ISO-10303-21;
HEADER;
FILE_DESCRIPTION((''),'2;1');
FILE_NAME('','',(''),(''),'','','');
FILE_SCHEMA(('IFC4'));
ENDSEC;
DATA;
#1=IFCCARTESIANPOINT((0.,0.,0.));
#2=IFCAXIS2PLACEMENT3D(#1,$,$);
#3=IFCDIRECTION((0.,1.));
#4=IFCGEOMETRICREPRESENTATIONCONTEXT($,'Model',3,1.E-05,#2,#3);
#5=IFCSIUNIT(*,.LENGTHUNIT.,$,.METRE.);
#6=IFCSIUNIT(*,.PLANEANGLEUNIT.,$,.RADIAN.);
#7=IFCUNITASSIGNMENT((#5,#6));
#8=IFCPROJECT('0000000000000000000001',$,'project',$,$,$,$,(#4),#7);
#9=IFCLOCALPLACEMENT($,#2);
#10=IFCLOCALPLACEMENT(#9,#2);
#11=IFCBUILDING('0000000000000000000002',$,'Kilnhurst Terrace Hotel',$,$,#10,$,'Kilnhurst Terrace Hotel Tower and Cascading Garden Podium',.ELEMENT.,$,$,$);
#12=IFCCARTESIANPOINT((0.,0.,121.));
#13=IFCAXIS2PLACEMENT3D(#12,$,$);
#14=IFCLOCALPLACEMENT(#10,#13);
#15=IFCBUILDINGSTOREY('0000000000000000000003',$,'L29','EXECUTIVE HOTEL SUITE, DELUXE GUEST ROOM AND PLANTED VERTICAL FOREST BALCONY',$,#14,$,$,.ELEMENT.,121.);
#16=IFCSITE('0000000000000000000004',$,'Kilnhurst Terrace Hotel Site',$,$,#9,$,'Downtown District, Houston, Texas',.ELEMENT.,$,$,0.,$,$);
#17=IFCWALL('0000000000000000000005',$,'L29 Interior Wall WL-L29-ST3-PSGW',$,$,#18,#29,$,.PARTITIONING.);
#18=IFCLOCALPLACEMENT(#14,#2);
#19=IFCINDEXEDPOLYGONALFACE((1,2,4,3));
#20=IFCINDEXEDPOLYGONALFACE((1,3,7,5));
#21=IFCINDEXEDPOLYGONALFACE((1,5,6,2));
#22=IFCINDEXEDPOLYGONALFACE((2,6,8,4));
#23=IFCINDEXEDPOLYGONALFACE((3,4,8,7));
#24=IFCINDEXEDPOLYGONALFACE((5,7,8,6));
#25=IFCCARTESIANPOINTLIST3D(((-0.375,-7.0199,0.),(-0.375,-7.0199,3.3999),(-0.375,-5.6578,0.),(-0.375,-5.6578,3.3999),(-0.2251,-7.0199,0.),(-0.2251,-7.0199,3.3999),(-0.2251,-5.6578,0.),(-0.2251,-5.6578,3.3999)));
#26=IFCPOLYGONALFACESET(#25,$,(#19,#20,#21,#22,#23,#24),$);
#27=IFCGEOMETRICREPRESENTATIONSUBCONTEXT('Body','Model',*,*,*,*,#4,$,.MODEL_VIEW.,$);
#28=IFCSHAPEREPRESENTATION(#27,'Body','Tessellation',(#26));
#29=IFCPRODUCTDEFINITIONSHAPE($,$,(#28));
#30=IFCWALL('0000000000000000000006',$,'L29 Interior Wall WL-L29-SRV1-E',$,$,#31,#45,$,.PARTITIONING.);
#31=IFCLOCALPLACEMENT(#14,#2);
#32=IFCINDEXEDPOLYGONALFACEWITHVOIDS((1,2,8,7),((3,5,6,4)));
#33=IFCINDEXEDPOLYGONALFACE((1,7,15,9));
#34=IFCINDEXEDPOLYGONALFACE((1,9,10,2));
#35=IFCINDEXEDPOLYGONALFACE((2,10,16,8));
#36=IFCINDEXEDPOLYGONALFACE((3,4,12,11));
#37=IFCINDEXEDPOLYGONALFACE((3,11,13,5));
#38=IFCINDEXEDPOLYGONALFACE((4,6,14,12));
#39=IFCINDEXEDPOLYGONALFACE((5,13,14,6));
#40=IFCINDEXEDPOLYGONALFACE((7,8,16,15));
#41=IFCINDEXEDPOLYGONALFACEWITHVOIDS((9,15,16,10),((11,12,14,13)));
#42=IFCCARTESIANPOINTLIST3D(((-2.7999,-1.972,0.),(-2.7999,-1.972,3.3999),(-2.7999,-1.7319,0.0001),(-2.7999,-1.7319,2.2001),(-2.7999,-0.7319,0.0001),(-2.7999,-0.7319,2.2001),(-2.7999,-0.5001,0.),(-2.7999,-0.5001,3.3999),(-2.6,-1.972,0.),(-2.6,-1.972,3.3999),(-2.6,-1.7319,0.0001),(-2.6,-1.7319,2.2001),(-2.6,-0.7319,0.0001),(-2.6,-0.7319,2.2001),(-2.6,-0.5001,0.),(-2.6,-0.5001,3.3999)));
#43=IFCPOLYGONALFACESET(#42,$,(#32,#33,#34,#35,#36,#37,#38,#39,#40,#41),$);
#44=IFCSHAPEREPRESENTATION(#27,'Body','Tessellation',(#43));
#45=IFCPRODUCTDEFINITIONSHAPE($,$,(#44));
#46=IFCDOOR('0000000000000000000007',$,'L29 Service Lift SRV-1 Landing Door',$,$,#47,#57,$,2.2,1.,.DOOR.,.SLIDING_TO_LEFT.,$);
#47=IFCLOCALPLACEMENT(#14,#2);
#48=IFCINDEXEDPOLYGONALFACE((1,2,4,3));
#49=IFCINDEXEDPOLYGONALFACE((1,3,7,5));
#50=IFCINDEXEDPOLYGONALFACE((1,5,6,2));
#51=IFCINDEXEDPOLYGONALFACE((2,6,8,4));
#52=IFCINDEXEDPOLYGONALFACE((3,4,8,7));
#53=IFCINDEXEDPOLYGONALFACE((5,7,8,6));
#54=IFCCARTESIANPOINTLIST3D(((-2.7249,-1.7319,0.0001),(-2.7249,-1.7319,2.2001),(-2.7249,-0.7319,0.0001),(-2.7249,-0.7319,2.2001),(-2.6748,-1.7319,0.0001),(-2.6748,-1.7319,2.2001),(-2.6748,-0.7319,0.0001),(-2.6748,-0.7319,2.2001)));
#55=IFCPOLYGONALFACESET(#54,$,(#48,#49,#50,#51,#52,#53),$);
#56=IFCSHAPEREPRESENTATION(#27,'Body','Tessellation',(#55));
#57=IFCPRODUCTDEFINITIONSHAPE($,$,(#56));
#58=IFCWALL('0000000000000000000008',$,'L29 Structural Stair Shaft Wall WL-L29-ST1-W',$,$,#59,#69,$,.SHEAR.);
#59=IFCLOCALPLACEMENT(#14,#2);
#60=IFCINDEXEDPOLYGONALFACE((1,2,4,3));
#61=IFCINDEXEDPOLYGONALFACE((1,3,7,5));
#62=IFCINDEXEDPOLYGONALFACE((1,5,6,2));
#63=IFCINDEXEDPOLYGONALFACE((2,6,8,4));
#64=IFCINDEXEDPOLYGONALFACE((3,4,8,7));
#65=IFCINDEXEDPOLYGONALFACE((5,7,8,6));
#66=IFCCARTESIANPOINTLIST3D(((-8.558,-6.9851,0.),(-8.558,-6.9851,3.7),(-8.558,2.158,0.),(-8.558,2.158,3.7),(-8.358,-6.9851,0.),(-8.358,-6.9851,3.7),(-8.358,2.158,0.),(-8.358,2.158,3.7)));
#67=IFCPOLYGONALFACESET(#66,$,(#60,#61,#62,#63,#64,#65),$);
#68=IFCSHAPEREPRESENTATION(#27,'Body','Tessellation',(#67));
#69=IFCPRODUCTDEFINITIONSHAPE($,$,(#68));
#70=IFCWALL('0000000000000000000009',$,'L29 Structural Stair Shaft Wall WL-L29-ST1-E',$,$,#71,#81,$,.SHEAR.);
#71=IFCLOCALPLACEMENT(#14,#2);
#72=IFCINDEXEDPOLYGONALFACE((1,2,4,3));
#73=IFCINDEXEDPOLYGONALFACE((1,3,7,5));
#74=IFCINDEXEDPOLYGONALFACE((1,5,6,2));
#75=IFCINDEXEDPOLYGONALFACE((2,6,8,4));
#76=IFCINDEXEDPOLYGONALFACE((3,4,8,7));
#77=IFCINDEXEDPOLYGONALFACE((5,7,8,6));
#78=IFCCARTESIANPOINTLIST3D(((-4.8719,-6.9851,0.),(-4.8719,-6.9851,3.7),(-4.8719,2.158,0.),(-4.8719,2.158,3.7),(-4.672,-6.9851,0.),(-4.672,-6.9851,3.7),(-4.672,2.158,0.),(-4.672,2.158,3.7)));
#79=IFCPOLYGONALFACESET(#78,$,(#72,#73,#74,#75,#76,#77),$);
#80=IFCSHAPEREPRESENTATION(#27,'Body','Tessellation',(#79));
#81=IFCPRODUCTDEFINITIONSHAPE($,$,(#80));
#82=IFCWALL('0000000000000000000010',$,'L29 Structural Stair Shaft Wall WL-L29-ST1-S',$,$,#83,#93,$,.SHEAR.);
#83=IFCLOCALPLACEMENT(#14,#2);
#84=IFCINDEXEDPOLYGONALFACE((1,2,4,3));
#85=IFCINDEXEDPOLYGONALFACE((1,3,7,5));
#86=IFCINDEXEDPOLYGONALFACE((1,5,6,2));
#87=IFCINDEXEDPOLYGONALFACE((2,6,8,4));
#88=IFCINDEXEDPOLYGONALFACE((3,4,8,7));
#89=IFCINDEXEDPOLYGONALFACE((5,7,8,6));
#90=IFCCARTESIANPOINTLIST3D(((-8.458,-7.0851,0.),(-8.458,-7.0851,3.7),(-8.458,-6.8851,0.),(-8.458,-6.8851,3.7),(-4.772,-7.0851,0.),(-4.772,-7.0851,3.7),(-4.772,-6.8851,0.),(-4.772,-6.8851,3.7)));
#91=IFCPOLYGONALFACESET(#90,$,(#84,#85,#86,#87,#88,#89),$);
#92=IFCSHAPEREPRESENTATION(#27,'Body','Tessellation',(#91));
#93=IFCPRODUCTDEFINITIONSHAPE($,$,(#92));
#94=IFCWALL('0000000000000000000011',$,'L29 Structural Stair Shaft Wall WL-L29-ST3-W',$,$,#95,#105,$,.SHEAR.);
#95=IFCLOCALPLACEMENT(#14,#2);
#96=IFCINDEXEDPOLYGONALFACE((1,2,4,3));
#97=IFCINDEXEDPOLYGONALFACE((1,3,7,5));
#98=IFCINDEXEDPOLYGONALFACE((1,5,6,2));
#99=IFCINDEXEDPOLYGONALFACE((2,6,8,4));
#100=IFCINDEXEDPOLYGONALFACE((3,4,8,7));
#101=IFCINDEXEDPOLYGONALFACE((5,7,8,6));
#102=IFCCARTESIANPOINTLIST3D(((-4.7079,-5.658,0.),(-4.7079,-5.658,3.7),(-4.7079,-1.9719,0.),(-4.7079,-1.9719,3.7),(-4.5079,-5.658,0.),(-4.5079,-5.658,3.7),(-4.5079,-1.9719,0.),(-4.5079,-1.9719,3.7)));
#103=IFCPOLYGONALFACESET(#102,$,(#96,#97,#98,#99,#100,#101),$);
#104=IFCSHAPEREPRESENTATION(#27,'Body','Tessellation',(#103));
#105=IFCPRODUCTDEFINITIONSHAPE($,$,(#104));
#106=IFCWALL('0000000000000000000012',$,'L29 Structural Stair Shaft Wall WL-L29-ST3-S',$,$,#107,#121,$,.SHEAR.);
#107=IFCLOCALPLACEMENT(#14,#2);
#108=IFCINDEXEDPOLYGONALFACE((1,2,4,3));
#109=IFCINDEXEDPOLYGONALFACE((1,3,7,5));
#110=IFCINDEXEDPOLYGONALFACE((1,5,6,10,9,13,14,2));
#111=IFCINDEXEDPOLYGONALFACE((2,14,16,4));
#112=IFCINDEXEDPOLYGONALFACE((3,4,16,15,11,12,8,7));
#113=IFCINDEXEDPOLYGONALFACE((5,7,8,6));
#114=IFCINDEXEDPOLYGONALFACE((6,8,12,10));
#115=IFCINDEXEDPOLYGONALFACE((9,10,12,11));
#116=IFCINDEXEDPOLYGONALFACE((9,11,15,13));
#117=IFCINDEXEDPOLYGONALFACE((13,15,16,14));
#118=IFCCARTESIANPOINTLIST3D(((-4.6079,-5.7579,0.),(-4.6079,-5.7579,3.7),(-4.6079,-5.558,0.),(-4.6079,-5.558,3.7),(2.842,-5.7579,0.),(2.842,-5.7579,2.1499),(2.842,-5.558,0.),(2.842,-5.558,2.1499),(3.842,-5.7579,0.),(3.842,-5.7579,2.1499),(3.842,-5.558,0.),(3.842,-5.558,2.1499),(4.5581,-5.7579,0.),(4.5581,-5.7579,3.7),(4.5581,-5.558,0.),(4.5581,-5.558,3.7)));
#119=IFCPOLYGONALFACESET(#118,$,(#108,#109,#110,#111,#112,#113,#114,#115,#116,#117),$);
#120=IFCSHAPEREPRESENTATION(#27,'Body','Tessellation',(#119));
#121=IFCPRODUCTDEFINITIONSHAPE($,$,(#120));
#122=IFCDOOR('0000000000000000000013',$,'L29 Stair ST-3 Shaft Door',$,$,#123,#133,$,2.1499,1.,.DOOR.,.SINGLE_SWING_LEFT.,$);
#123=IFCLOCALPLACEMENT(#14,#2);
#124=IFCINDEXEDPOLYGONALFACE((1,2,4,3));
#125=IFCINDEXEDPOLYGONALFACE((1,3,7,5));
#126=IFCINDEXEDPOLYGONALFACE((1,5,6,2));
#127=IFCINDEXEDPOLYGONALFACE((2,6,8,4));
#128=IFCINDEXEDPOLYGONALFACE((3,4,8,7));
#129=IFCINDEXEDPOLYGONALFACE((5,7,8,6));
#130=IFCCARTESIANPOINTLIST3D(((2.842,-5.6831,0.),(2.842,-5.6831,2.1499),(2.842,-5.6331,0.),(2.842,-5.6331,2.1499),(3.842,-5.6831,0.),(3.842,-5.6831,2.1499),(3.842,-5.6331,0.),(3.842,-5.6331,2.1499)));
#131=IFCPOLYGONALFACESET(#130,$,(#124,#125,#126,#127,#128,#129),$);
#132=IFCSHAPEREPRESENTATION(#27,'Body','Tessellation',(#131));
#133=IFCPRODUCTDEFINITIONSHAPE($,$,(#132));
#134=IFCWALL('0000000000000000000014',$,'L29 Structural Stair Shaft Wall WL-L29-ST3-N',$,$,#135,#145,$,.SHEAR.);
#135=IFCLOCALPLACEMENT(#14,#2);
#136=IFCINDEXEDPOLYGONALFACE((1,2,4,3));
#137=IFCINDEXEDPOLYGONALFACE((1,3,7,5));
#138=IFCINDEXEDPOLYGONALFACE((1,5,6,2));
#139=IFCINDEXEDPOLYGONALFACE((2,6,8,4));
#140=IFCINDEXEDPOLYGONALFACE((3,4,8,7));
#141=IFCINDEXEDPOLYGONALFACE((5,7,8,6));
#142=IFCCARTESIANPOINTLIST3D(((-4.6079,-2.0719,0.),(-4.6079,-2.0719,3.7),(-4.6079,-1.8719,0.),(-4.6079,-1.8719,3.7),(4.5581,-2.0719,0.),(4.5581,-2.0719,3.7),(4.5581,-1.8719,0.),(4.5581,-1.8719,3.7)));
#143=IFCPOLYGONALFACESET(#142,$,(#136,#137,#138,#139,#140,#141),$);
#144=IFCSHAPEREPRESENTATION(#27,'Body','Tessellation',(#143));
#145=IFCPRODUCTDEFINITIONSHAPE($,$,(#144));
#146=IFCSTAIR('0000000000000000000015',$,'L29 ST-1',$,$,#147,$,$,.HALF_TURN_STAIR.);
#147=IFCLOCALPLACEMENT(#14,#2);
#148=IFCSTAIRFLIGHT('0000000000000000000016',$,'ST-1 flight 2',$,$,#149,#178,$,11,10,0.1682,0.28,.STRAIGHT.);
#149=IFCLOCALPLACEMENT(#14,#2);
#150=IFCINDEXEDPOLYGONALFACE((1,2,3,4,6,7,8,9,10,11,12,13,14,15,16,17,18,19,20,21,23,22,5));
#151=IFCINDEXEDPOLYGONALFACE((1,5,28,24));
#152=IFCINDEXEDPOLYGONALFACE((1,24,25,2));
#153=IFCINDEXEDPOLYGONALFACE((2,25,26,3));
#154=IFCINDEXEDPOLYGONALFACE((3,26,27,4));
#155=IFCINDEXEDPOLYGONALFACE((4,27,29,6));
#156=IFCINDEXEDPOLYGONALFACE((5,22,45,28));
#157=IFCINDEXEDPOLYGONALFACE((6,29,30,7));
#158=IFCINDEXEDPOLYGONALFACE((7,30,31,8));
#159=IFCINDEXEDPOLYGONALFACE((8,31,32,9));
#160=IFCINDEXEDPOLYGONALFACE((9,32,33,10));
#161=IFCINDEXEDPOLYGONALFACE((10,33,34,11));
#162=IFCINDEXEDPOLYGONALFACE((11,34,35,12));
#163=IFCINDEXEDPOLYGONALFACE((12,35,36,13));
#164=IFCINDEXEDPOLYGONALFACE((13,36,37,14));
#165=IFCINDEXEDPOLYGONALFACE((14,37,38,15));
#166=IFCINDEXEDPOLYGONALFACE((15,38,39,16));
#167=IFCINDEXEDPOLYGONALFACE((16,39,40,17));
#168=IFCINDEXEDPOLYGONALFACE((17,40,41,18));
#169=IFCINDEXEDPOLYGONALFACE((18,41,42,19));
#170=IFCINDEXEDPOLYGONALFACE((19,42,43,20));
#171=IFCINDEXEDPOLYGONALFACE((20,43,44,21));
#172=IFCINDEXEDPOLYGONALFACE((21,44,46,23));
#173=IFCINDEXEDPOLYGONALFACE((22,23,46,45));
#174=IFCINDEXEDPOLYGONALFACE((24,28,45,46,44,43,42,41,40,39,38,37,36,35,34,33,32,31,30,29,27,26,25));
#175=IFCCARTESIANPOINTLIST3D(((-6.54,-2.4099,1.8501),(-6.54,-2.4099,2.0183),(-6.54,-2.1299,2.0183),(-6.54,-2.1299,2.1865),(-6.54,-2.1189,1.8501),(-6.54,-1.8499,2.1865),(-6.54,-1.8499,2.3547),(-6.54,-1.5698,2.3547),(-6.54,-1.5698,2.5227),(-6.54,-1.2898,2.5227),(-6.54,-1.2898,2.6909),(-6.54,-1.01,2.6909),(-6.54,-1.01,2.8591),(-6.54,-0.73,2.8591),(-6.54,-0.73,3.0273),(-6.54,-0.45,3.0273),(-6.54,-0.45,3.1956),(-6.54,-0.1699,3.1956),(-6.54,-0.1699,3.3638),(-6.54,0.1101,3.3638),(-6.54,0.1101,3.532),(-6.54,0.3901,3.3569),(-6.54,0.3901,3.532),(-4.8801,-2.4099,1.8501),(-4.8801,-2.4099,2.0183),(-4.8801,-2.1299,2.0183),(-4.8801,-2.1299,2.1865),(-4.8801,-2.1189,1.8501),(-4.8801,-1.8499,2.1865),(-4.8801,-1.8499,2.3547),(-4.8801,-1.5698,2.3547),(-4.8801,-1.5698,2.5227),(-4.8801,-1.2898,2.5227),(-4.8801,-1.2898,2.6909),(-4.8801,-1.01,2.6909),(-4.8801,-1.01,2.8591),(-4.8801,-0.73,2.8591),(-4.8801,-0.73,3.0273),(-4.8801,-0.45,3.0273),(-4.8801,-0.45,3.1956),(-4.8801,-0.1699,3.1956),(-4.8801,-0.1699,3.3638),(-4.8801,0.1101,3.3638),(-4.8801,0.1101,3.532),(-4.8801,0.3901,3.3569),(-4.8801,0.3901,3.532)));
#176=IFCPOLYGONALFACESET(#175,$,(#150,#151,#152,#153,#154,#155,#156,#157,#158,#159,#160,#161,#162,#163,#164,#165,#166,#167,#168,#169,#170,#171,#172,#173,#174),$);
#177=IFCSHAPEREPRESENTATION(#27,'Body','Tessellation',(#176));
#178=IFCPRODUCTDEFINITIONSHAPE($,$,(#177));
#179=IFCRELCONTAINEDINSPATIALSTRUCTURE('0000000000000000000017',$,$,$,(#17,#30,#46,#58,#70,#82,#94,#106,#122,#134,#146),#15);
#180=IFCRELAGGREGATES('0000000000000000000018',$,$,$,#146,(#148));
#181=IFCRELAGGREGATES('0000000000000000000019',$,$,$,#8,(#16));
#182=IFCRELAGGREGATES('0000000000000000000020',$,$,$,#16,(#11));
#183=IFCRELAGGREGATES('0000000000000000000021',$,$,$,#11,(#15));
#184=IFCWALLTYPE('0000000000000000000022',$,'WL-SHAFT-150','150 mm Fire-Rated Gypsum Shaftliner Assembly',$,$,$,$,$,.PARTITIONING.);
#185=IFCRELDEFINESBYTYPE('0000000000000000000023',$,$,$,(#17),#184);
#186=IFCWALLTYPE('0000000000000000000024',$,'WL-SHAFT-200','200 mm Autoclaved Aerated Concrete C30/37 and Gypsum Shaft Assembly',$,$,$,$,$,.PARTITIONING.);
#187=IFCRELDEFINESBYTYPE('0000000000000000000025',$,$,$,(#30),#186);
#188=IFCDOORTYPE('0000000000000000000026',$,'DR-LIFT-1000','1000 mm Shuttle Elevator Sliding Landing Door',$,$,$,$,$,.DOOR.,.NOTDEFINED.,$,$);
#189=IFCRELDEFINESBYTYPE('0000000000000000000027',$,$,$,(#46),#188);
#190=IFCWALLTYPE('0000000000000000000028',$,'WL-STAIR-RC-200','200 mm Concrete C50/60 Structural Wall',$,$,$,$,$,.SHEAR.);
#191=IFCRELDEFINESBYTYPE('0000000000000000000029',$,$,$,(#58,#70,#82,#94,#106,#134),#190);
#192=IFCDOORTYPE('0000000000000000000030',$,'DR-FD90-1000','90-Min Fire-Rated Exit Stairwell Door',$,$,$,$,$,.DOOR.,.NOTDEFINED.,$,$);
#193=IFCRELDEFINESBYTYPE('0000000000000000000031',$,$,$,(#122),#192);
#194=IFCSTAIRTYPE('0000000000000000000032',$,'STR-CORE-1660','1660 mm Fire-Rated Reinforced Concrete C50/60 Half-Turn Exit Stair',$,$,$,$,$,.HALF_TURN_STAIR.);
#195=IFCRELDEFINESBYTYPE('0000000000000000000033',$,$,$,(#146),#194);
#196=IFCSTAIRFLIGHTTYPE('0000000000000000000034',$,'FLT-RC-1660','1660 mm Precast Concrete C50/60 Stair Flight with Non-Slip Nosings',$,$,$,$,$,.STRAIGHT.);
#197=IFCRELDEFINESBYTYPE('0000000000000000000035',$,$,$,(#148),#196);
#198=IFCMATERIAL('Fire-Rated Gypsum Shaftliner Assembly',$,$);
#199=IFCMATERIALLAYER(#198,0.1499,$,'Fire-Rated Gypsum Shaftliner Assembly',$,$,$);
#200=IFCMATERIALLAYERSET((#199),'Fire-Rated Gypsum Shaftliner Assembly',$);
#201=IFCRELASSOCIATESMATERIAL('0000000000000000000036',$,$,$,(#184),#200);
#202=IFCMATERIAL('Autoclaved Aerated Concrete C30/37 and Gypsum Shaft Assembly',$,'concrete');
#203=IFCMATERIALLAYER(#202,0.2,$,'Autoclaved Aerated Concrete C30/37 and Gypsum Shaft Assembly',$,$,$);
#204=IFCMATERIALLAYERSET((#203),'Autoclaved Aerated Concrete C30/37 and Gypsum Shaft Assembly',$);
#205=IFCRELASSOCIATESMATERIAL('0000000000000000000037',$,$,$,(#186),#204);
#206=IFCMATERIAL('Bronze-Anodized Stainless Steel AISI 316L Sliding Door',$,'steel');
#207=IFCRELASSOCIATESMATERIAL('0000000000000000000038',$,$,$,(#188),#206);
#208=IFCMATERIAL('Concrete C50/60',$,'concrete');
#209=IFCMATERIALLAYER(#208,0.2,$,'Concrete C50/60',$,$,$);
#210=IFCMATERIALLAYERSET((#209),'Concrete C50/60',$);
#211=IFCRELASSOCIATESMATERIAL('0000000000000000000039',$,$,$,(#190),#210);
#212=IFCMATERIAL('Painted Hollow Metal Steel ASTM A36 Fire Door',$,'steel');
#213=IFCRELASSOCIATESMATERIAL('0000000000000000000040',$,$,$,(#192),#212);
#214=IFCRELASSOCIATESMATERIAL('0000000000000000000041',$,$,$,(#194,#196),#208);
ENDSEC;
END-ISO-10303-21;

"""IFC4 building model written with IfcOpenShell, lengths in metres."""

from ifc_helpers import new_model, si_unit, direction, frame, frame_2d, origin, place, context, subcontext, project, spatial, polyline, rectangle, outline, extrude, material, layer, layer_set, type_object, element, fill, aggregate, save


model = new_model("IFC4")

# Units and contexts
model_context = context("Model", 3, precision=1e-05, world=origin(), true_north=direction((0.0, 1.0)))
body_context = subcontext(model_context, "Body", "Model", "MODEL_VIEW")
ifc_project = project(units=[si_unit("LENGTHUNIT", "METRE"), si_unit("PLANEANGLEUNIT", "RADIAN")], contexts=[model_context])

# Site, building, storey
site_placement = place(None, origin())
site = spatial("IfcSite", under=ifc_project, at=site_placement, Name="Kilnhurst Terrace Hotel Site", LongName="Downtown District, Houston, Texas", CompositionType="ELEMENT", RefElevation=0.0)
building_placement = place(site_placement, origin())
building = spatial("IfcBuilding", under=site, at=building_placement, Name="Kilnhurst Terrace Hotel", LongName="Kilnhurst Terrace Hotel Tower and Cascading Garden Podium", CompositionType="ELEMENT")
storey_placement = place(building_placement, frame((0.0, 0.0, 121.0)))
storey = spatial("IfcBuildingStorey", under=building, at=storey_placement, Name="L29", Description="EXECUTIVE HOTEL SUITE, DELUXE GUEST ROOM AND PLANTED VERTICAL FOREST BALCONY", CompositionType="ELEMENT", Elevation=121.0)

# Shared definitions
ifc_material_1 = material(Name="Painted Hollow Metal Steel ASTM A36 Fire Door", Category="steel")

# Wall
ifc_material_2 = material(Name="Fire-Rated Gypsum Shaftliner Assembly")
ifc_layer_1 = layer(ifc_material_2, 0.1499, Name="Fire-Rated Gypsum Shaftliner Assembly")
ifc_layer_set_1 = layer_set([ifc_layer_1], Name="Fire-Rated Gypsum Shaftliner Assembly")
wall_type_1 = type_object("IfcWallType", Name="WL-SHAFT-150", Description="150 mm Fire-Rated Gypsum Shaftliner Assembly", PredefinedType="PARTITIONING", material=ifc_layer_set_1)
wall_1_placement = place(storey_placement, frame((-0.3, -7.02, 0.0), z_axis=(0.0, 0.0, 1.0), x_axis=(0.0, 1.0, 0.0)))
element("IfcWall", 1, at=wall_1_placement, inside=storey, type_object=wall_type_1, Name="L29 Interior Wall WL-L29-ST3-PSGW", PredefinedType="PARTITIONING", context=body_context, shape_type="SweptSolid", body=[
    extrude(rectangle(XDim=1.3621, YDim=0.1499, at=frame_2d((0.6812, 0.0))), origin(), (0.0, 0.0, 1.0), 3.3999),
])

# Wall, opening, door
ifc_material_3 = material(Name="Autoclaved Aerated Concrete C30/37 and Gypsum Shaft Assembly", Category="concrete")
ifc_layer_2 = layer(ifc_material_3, 0.2, Name="Autoclaved Aerated Concrete C30/37 and Gypsum Shaft Assembly")
ifc_layer_set_2 = layer_set([ifc_layer_2], Name="Autoclaved Aerated Concrete C30/37 and Gypsum Shaft Assembly")
wall_type_2 = type_object("IfcWallType", Name="WL-SHAFT-200", Description="200 mm Autoclaved Aerated Concrete C30/37 and Gypsum Shaft Assembly", PredefinedType="PARTITIONING", material=ifc_layer_set_2)
wall_2_placement = place(storey_placement, frame((-2.7, -1.9719, 0.0), z_axis=(0.0, 0.0, 1.0), x_axis=(0.0, 1.0, 0.0)))
wall_2 = element("IfcWall", 2, at=wall_2_placement, inside=storey, type_object=wall_type_2, Name="L29 Interior Wall WL-L29-SRV1-E", PredefinedType="PARTITIONING", context=body_context, shape_type="SweptSolid", body=[
    extrude(rectangle(XDim=1.4719, YDim=0.2, at=frame_2d((0.7358, 0.0))), origin(), (0.0, 0.0, 1.0), 3.3999),
])
opening_1_placement = place(wall_2_placement, frame((0.24, 0.0, 0.0)))
opening_1 = element("IfcOpeningElement", 3, at=opening_1_placement, cuts=wall_2, PredefinedType="OPENING", context=body_context, shape_type="SweptSolid", body=[
    extrude(rectangle(XDim=1.0, YDim=2.2, at=frame_2d((0.5, 1.1001))), frame((0.0, 0.1099, 0.0), z_axis=(0.0, -1.0, 0.0), x_axis=(1.0, 0.0, 0.0)), (0.0, 0.0, 1.0), 0.22),
])
ifc_material_4 = material(Name="Bronze-Anodized Stainless Steel AISI 316L Sliding Door", Category="steel")
door_type_1 = type_object("IfcDoorType", Name="DR-LIFT-1000", Description="1000 mm Shuttle Elevator Sliding Landing Door", OperationType="NOTDEFINED", PredefinedType="DOOR", material=ifc_material_4)
door_1_placement = place(opening_1_placement, origin())
door_1 = element("IfcDoor", 4, at=door_1_placement, inside=storey, type_object=door_type_1, Name="L29 Service Lift SRV-1 Landing Door", OperationType="SLIDING_TO_LEFT", OverallHeight=2.2, OverallWidth=1.0, PredefinedType="DOOR", context=body_context, shape_type="SweptSolid", body=[
    extrude(rectangle(XDim=1.0, YDim=2.2, at=frame_2d((0.5, 1.1001))), frame((0.0, 0.0249, 0.0), z_axis=(0.0, -1.0, 0.0), x_axis=(1.0, 0.0, 0.0)), (0.0, 0.0, 1.0), 0.05),
])
fill(opening_1, door_1)

# Walls
ifc_material_5 = material(Name="Concrete C50/60", Category="concrete")
ifc_layer_3 = layer(ifc_material_5, 0.2, Name="Concrete C50/60")
ifc_layer_set_3 = layer_set([ifc_layer_3], Name="Concrete C50/60")
wall_type_3 = type_object("IfcWallType", Name="WL-STAIR-RC-200", Description="200 mm Concrete C50/60 Structural Wall", PredefinedType="SHEAR", material=ifc_layer_set_3)
for number, where, z_axis, x_axis, name in (
    (5, (-8.458, -6.9851, 0.0), (0.0, 0.0, 1.0), (0.0, 1.0, 0.0), "L29 Structural Stair Shaft Wall WL-L29-ST1-W"),
    (6, (-4.772, -6.9851, 0.0), (0.0, 0.0, 1.0), (0.0, 1.0, 0.0), "L29 Structural Stair Shaft Wall WL-L29-ST1-E"),
):
    element("IfcWall", number, at=place(storey_placement, frame(where, z_axis=z_axis, x_axis=x_axis)), inside=storey, type_object=wall_type_3, Name=name, PredefinedType="SHEAR", context=body_context, shape_type="SweptSolid", body=[
        extrude(rectangle(XDim=9.1431, YDim=0.2, at=frame_2d((4.5715, 0.0))), origin(), (0.0, 0.0, 1.0), 3.7),
    ])
for number, where, z_axis, x_axis, name in (
    (7, (-8.458, -6.9851, 0.0), (0.0, 0.0, 1.0), (1.0, 0.0, 0.0), "L29 Structural Stair Shaft Wall WL-L29-ST1-S"),
    (8, (-4.6079, -5.658, 0.0), (0.0, 0.0, 1.0), (0.0, 1.0, 0.0), "L29 Structural Stair Shaft Wall WL-L29-ST3-W"),
):
    element("IfcWall", number, at=place(storey_placement, frame(where, z_axis=z_axis, x_axis=x_axis)), inside=storey, type_object=wall_type_3, Name=name, PredefinedType="SHEAR", context=body_context, shape_type="SweptSolid", body=[
        extrude(rectangle(XDim=3.686, YDim=0.2, at=frame_2d((1.843, 0.0))), origin(), (0.0, 0.0, 1.0), 3.7),
    ])

# Wall, opening, door
wall_3_placement = place(storey_placement, frame((-4.6079, -5.658, 0.0), z_axis=(0.0, 0.0, 1.0), x_axis=(1.0, 0.0, 0.0)))
wall_3 = element("IfcWall", 9, at=wall_3_placement, inside=storey, type_object=wall_type_3, Name="L29 Structural Stair Shaft Wall WL-L29-ST3-S", PredefinedType="SHEAR", context=body_context, shape_type="SweptSolid", body=[
    extrude(rectangle(XDim=9.166, YDim=0.2, at=frame_2d((4.583, 0.0))), origin(), (0.0, 0.0, 1.0), 3.7),
])
opening_2_placement = place(wall_3_placement, frame((7.45, 0.0, 0.0)))
opening_2 = element("IfcOpeningElement", 10, at=opening_2_placement, cuts=wall_3, PredefinedType="OPENING", context=body_context, shape_type="SweptSolid", body=[
    extrude(rectangle(XDim=1.0, YDim=2.1499, at=frame_2d((0.5, 1.075))), frame((0.0, 0.1099, 0.0), z_axis=(0.0, -1.0, 0.0), x_axis=(1.0, 0.0, 0.0)), (0.0, 0.0, 1.0), 0.22),
])
door_type_2 = type_object("IfcDoorType", Name="DR-FD90-1000", Description="90-Min Fire-Rated Exit Stairwell Door", OperationType="NOTDEFINED", PredefinedType="DOOR", material=ifc_material_1)
door_2_placement = place(opening_2_placement, origin())
door_2 = element("IfcDoor", 11, at=door_2_placement, inside=storey, type_object=door_type_2, Name="L29 Stair ST-3 Shaft Door", OperationType="SINGLE_SWING_LEFT", OverallHeight=2.1499, OverallWidth=1.0, PredefinedType="DOOR", context=body_context, shape_type="SweptSolid", body=[
    extrude(rectangle(XDim=1.0, YDim=2.1499, at=frame_2d((0.5, 1.075))), frame((0.0, 0.0249, 0.0), z_axis=(0.0, -1.0, 0.0), x_axis=(1.0, 0.0, 0.0)), (0.0, 0.0, 1.0), 0.05),
])
fill(opening_2, door_2)

# Wall
wall_4_placement = place(storey_placement, frame((-4.6079, -1.9719, 0.0), z_axis=(0.0, 0.0, 1.0), x_axis=(1.0, 0.0, 0.0)))
element("IfcWall", 12, at=wall_4_placement, inside=storey, type_object=wall_type_3, Name="L29 Structural Stair Shaft Wall WL-L29-ST3-N", PredefinedType="SHEAR", context=body_context, shape_type="SweptSolid", body=[
    extrude(rectangle(XDim=9.166, YDim=0.2, at=frame_2d((4.583, 0.0))), origin(), (0.0, 0.0, 1.0), 3.7),
])

# Stair, stair flight
stair_type = type_object("IfcStairType", Name="STR-CORE-1660", Description="1660 mm Fire-Rated Reinforced Concrete C50/60 Half-Turn Exit Stair", PredefinedType="HALF_TURN_STAIR", material=ifc_material_5)
stair_1_placement = place(storey_placement, origin())
stair_1 = element("IfcStair", 13, at=stair_1_placement, inside=storey, type_object=stair_type, Name="L29 ST-1", PredefinedType="HALF_TURN_STAIR")
stair_flight_type = type_object("IfcStairFlightType", Name="FLT-RC-1660", Description="1660 mm Precast Concrete C50/60 Stair Flight with Non-Slip Nosings", PredefinedType="STRAIGHT", material=ifc_material_5)
stair_flight_1_placement = place(storey_placement, frame((-5.71, -2.4099, 1.8501), z_axis=(0.0, 0.0, 1.0), x_axis=(0.0, 1.0, 0.0)))
stair_flight_1 = element("IfcStairFlight", 14, at=stair_flight_1_placement, type_object=stair_flight_type, Name="ST-1 flight 2", NumberOfRisers=11, NumberOfTreads=10, PredefinedType="STRAIGHT", RiserHeight=0.1682, TreadLength=0.28, context=body_context, shape_type="SweptSolid", body=[
    extrude(outline(polyline([(0.0, 0.0), (0.0, 0.1682), (0.28, 0.1682), (0.28, 0.3364), (0.5601, 0.3364), (0.5601, 0.5046), (0.8401, 0.5046), (0.8401, 0.6726), (1.1201, 0.6726), (1.1201, 0.8408), (1.3999, 0.8408), (1.3999, 1.009), (1.6799, 1.009), (1.6799, 1.1772), (1.96, 1.1772), (1.96, 1.3455), (2.24, 1.3455), (2.24, 1.5137), (2.52, 1.5137), (2.52, 1.6819), (2.8, 1.6819), (2.8, 1.8501), (2.8, 1.5068), (0.291, 0.0), (0.0, 0.0)])), frame((0.0, 0.8301, 0.0), z_axis=(0.0, -1.0, 0.0), x_axis=(1.0, 0.0, 0.0)), (0.0, 0.0, 1.0), 1.6599),
])
aggregate(stair_1, [stair_flight_1])

save(model, "model.ifc")
